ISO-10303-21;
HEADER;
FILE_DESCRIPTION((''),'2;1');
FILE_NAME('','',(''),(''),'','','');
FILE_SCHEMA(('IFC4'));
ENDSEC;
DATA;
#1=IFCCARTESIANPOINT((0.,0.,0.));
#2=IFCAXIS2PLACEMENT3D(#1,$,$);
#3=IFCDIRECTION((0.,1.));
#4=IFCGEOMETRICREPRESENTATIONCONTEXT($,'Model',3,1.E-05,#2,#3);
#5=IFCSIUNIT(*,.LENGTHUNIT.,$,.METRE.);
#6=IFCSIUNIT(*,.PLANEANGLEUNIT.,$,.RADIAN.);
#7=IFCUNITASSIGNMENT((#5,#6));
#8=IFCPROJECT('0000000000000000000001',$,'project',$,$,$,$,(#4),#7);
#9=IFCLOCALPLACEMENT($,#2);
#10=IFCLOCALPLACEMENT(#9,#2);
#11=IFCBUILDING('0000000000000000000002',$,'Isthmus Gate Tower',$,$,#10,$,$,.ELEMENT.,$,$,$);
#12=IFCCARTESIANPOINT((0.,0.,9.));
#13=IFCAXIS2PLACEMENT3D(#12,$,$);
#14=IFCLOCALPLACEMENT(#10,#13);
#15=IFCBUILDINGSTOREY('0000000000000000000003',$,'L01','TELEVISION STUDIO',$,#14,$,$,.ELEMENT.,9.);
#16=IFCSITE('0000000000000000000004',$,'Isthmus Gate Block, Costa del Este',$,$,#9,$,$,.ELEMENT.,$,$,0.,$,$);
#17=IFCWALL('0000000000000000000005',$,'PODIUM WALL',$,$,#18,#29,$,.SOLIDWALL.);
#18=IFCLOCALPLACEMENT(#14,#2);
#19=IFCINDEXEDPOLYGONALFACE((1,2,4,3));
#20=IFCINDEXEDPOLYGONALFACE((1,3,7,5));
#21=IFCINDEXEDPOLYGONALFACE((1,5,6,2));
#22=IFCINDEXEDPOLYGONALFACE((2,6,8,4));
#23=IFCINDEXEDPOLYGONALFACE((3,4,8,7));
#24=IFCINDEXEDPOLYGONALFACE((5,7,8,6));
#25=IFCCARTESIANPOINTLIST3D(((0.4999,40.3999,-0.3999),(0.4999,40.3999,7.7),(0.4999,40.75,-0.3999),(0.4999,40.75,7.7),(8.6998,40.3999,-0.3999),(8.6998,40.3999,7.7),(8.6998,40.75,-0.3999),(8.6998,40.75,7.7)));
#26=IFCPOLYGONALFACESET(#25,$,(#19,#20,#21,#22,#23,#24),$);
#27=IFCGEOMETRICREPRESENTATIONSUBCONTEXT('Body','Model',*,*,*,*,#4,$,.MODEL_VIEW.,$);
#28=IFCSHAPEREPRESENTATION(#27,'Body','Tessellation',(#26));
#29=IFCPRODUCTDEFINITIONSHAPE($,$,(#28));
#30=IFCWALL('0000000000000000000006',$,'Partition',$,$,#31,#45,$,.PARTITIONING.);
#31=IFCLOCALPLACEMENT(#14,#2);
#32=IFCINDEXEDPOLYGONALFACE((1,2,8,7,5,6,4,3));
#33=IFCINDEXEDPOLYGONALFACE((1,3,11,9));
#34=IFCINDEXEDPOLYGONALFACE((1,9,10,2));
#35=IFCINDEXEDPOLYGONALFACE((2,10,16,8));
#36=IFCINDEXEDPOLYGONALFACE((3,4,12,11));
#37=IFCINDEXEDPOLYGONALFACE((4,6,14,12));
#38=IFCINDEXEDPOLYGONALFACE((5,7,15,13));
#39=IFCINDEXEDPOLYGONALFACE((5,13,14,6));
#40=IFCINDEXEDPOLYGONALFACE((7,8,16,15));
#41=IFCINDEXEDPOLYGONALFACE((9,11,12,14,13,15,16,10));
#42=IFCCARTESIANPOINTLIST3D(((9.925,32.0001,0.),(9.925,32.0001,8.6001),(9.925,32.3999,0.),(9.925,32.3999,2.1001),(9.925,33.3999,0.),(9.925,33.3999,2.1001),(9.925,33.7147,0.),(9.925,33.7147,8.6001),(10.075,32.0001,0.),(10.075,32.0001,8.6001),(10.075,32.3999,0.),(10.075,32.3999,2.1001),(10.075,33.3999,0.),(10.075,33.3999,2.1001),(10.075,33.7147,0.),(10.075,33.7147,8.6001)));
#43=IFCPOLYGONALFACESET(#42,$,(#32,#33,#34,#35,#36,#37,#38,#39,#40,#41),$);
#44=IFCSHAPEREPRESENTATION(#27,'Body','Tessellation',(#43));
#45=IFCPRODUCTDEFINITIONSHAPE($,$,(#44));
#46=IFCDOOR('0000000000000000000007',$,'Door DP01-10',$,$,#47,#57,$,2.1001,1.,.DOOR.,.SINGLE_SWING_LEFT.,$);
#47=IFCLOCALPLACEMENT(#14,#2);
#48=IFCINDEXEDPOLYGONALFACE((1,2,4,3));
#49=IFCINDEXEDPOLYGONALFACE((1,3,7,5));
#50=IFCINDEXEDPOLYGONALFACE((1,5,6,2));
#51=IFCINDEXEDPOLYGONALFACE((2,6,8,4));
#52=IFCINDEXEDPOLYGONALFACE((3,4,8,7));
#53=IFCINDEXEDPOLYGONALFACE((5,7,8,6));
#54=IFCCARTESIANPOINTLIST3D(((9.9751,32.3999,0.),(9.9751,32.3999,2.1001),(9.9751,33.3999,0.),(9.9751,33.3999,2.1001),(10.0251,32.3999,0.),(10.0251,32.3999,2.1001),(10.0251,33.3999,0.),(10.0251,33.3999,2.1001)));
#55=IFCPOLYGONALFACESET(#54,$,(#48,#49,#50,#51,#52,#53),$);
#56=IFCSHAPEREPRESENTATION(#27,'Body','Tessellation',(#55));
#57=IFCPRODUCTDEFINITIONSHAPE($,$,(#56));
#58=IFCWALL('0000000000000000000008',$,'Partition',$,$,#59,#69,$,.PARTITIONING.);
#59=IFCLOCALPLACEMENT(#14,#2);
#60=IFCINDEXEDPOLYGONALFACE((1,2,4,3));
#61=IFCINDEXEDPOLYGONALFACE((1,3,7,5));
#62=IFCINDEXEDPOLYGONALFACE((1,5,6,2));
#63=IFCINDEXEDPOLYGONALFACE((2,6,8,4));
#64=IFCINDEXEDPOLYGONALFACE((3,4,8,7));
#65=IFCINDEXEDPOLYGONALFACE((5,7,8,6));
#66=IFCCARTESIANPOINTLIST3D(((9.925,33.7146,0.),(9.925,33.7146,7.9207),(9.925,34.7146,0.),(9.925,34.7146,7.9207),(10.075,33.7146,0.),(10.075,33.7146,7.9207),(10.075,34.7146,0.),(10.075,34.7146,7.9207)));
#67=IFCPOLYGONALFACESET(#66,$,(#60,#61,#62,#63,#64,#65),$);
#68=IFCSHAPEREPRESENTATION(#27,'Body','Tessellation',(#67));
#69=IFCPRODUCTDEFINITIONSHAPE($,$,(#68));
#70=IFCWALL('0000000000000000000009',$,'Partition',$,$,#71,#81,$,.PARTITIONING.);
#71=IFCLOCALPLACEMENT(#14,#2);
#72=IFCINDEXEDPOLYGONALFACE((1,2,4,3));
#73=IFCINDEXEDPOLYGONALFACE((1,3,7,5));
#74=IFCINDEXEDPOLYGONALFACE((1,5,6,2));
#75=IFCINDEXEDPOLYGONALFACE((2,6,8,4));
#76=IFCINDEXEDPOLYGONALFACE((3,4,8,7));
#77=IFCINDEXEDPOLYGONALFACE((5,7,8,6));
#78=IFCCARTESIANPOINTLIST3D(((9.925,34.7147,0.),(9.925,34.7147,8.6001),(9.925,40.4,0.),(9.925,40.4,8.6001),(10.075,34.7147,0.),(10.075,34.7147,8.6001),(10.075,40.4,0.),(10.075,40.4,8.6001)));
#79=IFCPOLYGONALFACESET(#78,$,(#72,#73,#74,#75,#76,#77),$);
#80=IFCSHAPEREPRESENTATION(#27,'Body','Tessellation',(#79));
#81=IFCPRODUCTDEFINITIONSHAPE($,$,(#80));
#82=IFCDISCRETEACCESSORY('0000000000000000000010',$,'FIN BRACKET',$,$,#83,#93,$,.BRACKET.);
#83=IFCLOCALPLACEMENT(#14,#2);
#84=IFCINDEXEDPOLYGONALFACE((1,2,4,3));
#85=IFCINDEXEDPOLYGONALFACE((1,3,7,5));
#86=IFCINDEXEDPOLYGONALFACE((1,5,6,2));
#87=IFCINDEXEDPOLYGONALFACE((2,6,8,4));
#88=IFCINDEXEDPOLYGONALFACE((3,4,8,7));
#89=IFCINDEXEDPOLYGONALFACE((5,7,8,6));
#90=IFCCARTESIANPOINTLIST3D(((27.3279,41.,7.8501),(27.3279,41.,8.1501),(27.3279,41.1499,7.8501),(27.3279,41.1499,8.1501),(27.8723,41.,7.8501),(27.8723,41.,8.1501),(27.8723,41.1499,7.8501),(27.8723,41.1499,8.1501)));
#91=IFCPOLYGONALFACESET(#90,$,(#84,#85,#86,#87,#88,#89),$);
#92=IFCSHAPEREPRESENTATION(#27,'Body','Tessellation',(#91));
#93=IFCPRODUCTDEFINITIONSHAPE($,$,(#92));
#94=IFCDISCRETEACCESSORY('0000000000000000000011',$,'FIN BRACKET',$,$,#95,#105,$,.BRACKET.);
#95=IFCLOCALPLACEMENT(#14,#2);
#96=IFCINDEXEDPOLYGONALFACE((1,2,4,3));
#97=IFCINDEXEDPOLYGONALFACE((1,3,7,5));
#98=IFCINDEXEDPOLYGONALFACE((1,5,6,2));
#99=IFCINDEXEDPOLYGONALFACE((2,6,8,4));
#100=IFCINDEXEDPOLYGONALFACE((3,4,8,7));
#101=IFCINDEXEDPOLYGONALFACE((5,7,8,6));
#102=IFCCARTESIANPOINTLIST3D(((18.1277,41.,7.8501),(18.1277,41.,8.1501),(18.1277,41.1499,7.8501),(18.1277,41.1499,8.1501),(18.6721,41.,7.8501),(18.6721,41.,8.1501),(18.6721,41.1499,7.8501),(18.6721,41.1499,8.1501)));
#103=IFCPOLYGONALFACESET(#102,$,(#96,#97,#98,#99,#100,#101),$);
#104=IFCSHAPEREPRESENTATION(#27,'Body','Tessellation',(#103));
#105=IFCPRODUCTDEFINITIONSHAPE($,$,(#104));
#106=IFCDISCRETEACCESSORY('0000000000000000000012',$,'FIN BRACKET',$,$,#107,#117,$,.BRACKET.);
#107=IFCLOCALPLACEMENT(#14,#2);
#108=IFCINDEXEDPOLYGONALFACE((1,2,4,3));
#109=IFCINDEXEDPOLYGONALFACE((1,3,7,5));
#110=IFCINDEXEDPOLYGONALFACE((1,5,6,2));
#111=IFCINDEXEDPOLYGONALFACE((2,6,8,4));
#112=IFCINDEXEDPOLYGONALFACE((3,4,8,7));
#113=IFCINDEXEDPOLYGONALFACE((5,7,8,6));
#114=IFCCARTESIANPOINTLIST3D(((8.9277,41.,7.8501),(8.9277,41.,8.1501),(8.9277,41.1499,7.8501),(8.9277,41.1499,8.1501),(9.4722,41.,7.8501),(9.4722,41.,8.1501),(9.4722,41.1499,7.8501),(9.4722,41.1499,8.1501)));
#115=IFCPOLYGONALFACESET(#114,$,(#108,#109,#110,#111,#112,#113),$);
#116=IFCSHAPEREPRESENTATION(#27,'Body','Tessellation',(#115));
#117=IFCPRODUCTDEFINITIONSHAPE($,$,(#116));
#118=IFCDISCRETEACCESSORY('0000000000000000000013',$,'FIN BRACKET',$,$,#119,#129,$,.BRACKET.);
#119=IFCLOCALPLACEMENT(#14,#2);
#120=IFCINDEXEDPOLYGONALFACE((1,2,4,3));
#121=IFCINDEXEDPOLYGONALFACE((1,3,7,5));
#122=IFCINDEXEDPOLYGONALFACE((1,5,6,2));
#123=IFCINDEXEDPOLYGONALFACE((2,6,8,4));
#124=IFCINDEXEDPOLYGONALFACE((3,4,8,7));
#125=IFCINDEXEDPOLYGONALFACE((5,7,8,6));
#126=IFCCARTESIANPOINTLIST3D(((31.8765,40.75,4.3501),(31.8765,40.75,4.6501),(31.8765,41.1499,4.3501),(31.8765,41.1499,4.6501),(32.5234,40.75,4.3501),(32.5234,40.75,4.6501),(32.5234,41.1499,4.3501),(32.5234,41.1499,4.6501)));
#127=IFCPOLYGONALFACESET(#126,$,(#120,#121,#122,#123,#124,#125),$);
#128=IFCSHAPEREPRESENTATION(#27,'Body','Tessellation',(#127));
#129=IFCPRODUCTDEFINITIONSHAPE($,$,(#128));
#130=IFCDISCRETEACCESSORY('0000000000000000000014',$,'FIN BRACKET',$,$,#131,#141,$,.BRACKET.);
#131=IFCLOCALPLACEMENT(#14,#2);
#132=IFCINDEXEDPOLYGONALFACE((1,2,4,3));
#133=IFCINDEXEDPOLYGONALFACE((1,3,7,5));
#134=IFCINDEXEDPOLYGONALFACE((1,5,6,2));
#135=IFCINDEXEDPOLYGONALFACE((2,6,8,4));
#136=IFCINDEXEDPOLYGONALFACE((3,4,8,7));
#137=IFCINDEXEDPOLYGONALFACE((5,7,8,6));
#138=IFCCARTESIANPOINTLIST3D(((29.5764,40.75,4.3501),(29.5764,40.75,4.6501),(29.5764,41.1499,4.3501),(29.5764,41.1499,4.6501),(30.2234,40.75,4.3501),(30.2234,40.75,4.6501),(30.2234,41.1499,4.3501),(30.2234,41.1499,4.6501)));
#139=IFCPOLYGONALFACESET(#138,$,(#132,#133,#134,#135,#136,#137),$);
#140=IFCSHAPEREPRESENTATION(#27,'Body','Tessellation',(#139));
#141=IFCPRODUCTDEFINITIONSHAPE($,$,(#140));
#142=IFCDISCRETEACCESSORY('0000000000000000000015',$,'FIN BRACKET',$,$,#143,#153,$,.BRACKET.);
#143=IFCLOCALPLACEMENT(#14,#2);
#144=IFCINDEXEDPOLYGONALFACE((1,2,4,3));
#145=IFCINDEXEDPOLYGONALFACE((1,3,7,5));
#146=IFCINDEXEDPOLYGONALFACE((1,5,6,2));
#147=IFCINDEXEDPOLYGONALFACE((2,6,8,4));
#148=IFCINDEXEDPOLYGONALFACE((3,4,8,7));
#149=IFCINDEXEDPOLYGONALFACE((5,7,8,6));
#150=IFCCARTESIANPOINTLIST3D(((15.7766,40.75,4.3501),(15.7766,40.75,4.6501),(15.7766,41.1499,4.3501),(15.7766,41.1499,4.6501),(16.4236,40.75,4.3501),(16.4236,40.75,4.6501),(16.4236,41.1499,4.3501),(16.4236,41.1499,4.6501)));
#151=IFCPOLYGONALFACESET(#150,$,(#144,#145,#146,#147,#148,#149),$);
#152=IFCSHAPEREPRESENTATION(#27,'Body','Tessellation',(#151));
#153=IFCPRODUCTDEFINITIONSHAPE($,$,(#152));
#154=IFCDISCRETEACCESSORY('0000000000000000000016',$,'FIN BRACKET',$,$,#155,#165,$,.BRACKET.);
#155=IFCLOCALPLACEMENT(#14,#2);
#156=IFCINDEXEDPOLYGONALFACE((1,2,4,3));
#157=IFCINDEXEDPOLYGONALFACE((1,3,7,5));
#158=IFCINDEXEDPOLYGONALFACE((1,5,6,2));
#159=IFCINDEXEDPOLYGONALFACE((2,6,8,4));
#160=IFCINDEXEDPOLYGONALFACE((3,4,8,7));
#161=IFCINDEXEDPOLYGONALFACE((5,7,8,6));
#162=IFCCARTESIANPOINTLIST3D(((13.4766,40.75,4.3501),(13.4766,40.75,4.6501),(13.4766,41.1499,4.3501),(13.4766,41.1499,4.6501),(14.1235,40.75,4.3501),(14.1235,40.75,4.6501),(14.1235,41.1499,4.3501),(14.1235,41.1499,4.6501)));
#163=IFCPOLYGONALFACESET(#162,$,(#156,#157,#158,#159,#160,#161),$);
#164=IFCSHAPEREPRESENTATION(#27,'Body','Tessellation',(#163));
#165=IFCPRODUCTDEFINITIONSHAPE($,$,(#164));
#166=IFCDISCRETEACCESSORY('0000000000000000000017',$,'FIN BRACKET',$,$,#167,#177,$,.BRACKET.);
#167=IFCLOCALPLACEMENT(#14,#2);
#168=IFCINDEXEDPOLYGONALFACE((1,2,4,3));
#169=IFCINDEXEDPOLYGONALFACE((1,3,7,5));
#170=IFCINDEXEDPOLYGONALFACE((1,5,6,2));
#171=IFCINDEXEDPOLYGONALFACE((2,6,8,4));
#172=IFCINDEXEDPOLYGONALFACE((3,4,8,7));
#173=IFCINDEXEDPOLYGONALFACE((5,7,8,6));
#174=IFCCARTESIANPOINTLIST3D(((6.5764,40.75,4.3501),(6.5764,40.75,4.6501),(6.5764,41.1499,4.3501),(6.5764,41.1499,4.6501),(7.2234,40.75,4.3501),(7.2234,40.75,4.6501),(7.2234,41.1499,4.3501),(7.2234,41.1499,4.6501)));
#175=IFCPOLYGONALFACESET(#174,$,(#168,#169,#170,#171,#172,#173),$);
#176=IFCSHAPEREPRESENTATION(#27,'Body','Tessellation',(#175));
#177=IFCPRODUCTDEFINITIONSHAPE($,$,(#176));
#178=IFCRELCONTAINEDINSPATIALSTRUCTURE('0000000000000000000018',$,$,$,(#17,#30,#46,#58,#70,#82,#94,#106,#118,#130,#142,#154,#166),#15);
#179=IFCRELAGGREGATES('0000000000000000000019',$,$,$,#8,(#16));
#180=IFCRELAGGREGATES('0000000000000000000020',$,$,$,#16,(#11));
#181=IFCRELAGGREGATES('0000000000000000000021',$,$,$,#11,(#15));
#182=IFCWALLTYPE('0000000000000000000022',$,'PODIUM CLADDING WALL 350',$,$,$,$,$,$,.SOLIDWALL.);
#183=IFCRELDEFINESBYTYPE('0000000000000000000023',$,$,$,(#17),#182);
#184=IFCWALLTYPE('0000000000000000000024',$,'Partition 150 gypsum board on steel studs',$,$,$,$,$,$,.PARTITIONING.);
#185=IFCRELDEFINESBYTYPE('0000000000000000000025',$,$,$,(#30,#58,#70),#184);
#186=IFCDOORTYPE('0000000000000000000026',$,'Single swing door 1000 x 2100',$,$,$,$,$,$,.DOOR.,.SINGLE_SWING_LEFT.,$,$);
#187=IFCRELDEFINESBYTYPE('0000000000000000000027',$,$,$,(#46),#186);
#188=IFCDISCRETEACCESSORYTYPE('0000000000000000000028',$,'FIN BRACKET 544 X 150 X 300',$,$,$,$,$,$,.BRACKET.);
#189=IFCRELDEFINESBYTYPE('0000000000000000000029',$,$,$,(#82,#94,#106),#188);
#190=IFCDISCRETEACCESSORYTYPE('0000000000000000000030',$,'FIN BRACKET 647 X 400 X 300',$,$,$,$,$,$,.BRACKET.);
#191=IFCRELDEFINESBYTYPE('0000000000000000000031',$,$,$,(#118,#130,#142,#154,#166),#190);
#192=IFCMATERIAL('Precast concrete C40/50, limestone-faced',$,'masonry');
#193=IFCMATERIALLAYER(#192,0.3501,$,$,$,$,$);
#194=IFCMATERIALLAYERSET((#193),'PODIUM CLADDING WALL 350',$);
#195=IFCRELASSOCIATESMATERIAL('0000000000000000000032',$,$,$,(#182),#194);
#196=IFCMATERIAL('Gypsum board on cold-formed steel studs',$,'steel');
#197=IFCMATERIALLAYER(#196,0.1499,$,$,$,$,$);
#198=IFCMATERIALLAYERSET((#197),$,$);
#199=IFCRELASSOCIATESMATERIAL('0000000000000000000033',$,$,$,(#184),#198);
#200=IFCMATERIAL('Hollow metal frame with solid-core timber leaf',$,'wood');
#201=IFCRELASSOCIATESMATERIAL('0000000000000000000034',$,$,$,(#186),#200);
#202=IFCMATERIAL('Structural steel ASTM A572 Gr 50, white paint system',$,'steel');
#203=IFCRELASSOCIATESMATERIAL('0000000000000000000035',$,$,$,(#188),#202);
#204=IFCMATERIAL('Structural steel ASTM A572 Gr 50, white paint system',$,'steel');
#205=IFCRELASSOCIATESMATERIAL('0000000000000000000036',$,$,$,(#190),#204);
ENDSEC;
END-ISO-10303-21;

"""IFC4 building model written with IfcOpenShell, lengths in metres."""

from ifc_helpers import new_model, si_unit, direction, frame, frame_2d, origin, origin_2d, place, context, subcontext, project, spatial, rectangle, extrude, material, layer, layer_set, type_object, element, fill, save


model = new_model("IFC4")

# Units and contexts
model_context = context("Model", 3, precision=1e-05, world=origin(), true_north=direction((0.0, 1.0)))
body_context = subcontext(model_context, "Body", "Model", "MODEL_VIEW")
ifc_project = project(units=[si_unit("LENGTHUNIT", "METRE"), si_unit("PLANEANGLEUNIT", "RADIAN")], contexts=[model_context])

# Site, building, storey
site_placement = place(None, origin())
site = spatial("IfcSite", under=ifc_project, at=site_placement, Name="Isthmus Gate Block, Costa del Este", CompositionType="ELEMENT", RefElevation=0.0)
building_placement = place(site_placement, origin())
building = spatial("IfcBuilding", under=site, at=building_placement, Name="Isthmus Gate Tower", CompositionType="ELEMENT")
storey_placement = place(building_placement, frame((0.0, 0.0, 9.0)))
storey = spatial("IfcBuildingStorey", under=building, at=storey_placement, Name="L01", Description="TELEVISION STUDIO", CompositionType="ELEMENT", Elevation=9.0)

# Wall
ifc_material_1 = material(Name="Precast concrete C40/50, limestone-faced", Category="masonry")
ifc_layer_1 = layer(ifc_material_1, 0.3501)
ifc_layer_set_1 = layer_set([ifc_layer_1], Name="PODIUM CLADDING WALL 350")
wall_type_1 = type_object("IfcWallType", Name="PODIUM CLADDING WALL 350", PredefinedType="SOLIDWALL", material=ifc_layer_set_1)
for number, where, z_axis, x_axis, name in (
    (1, (8.7, 40.575, -0.3999), (0.0, 0.0, 1.0), (-1.0, 0.0, 0.0), "PODIUM WALL"),
):
    element("IfcWall", number, at=place(storey_placement, frame(where, z_axis=z_axis, x_axis=x_axis)), inside=storey, type_object=wall_type_1, Name=name, PredefinedType="SOLIDWALL", context=body_context, shape_type="SweptSolid", body=[
        extrude(rectangle(XDim=8.2, YDim=0.3501, at=frame_2d((4.1001, 0.0))), origin(), (0.0, 0.0, 1.0), 8.0999),
    ])

# Wall, opening, door
ifc_material_2 = material(Name="Gypsum board on cold-formed steel studs", Category="steel")
ifc_layer_2 = layer(ifc_material_2, 0.1499)
ifc_layer_set_2 = layer_set([ifc_layer_2])
wall_type_2 = type_object("IfcWallType", Name="Partition 150 gypsum board on steel studs", PredefinedType="PARTITIONING", material=ifc_layer_set_2)
wall_1_placement = place(storey_placement, frame((10.0, 32.0, 0.0), z_axis=(0.0, 0.0, 1.0), x_axis=(0.0, 1.0, 0.0)))
wall_1 = element("IfcWall", 2, at=wall_1_placement, inside=storey, type_object=wall_type_2, Name="Partition", PredefinedType="PARTITIONING", context=body_context, shape_type="SweptSolid", body=[
    extrude(rectangle(XDim=1.7146, YDim=0.1499, at=frame_2d((0.8574, 0.0))), origin(), (0.0, 0.0, 1.0), 8.6001),
])
opening_placement = place(wall_1_placement, frame((0.3999, 0.0, 0.0)))
opening = element("IfcOpeningElement", 3, at=opening_placement, cuts=wall_1, PredefinedType="OPENING", context=body_context, shape_type="SweptSolid", body=[
    extrude(rectangle(XDim=1.0, YDim=2.1001, at=frame_2d((0.5, 1.05))), frame((0.0, 0.085, 0.0), z_axis=(0.0, -1.0, 0.0), x_axis=(1.0, 0.0, 0.0)), (0.0, 0.0, 1.0), 0.1699),
])
ifc_material_3 = material(Name="Hollow metal frame with solid-core timber leaf", Category="wood")
door_type = type_object("IfcDoorType", Name="Single swing door 1000 x 2100", OperationType="SINGLE_SWING_LEFT", PredefinedType="DOOR", material=ifc_material_3)
door_placement = place(opening_placement, origin())
door = element("IfcDoor", 4, at=door_placement, inside=storey, type_object=door_type, Name="Door DP01-10", OperationType="SINGLE_SWING_LEFT", OverallHeight=2.1001, OverallWidth=1.0, PredefinedType="DOOR", context=body_context, shape_type="SweptSolid", body=[
    extrude(rectangle(XDim=1.0, YDim=2.1001, at=frame_2d((0.5, 1.05))), frame((0.0, 0.0249, 0.0), z_axis=(0.0, -1.0, 0.0), x_axis=(1.0, 0.0, 0.0)), (0.0, 0.0, 1.0), 0.05),
])
fill(opening, door)

# Walls
wall_2_placement = place(storey_placement, frame((10.0, 33.7146, 0.0), z_axis=(0.0, 0.0, 1.0), x_axis=(0.0, 1.0, 0.0)))
element("IfcWall", 5, at=wall_2_placement, inside=storey, type_object=wall_type_2, Name="Partition", PredefinedType="PARTITIONING", context=body_context, shape_type="SweptSolid", body=[
    extrude(rectangle(XDim=1.0, YDim=0.1499, at=frame_2d((0.5, 0.0))), origin(), (0.0, 0.0, 1.0), 7.9207),
])
wall_3_placement = place(storey_placement, frame((10.0, 34.7146, 0.0), z_axis=(0.0, 0.0, 1.0), x_axis=(0.0, 1.0, 0.0)))
element("IfcWall", 6, at=wall_3_placement, inside=storey, type_object=wall_type_2, Name="Partition", PredefinedType="PARTITIONING", context=body_context, shape_type="SweptSolid", body=[
    extrude(rectangle(XDim=5.6853, YDim=0.1499, at=frame_2d((2.8428, 0.0))), origin(), (0.0, 0.0, 1.0), 8.6001),
])

# Discrete accessories
ifc_material_4 = material(Name="Structural steel ASTM A572 Gr 50, white paint system", Category="steel")
discrete_accessory_type_1 = type_object("IfcDiscreteAccessoryType", Name="FIN BRACKET 544 X 150 X 300", PredefinedType="BRACKET", material=ifc_material_4)
for number, where, z_axis, x_axis, name in (
    (7, (27.6001, 41.075, 7.8501), (0.0, 0.0, 1.0), (0.0, 1.0, 0.0), "FIN BRACKET"),
    (8, (18.3999, 41.075, 7.8501), (0.0, 0.0, 1.0), (0.0, 1.0, 0.0), "FIN BRACKET"),
    (9, (9.2, 41.075, 7.8501), (0.0, 0.0, 1.0), (0.0, 1.0, 0.0), "FIN BRACKET"),
):
    element("IfcDiscreteAccessory", number, at=place(storey_placement, frame(where, z_axis=z_axis, x_axis=x_axis)), inside=storey, type_object=discrete_accessory_type_1, Name=name, PredefinedType="BRACKET", context=body_context, shape_type="SweptSolid", body=[
        extrude(rectangle(XDim=0.1499, YDim=0.5444, at=origin_2d()), origin(), (0.0, 0.0, 1.0), 0.3),
    ])
ifc_material_5 = material(Name="Structural steel ASTM A572 Gr 50, white paint system", Category="steel")
discrete_accessory_type_2 = type_object("IfcDiscreteAccessoryType", Name="FIN BRACKET 647 X 400 X 300", PredefinedType="BRACKET", material=ifc_material_5)
for number, where, z_axis, x_axis, name in (
    (10, (32.2, 40.95, 4.3501), (0.0, 0.0, 1.0), (0.0, 1.0, 0.0), "FIN BRACKET"),
    (11, (29.8999, 40.95, 4.3501), (0.0, 0.0, 1.0), (0.0, 1.0, 0.0), "FIN BRACKET"),
    (12, (16.1001, 40.95, 4.3501), (0.0, 0.0, 1.0), (0.0, 1.0, 0.0), "FIN BRACKET"),
    (13, (13.8, 40.95, 4.3501), (0.0, 0.0, 1.0), (0.0, 1.0, 0.0), "FIN BRACKET"),
    (14, (6.8999, 40.95, 4.3501), (0.0, 0.0, 1.0), (0.0, 1.0, 0.0), "FIN BRACKET"),
):
    element("IfcDiscreteAccessory", number, at=place(storey_placement, frame(where, z_axis=z_axis, x_axis=x_axis)), inside=storey, type_object=discrete_accessory_type_2, Name=name, PredefinedType="BRACKET", context=body_context, shape_type="SweptSolid", body=[
        extrude(rectangle(XDim=0.3999, YDim=0.647, at=origin_2d()), origin(), (0.0, 0.0, 1.0), 0.3),
    ])

save(model, "model.ifc")
